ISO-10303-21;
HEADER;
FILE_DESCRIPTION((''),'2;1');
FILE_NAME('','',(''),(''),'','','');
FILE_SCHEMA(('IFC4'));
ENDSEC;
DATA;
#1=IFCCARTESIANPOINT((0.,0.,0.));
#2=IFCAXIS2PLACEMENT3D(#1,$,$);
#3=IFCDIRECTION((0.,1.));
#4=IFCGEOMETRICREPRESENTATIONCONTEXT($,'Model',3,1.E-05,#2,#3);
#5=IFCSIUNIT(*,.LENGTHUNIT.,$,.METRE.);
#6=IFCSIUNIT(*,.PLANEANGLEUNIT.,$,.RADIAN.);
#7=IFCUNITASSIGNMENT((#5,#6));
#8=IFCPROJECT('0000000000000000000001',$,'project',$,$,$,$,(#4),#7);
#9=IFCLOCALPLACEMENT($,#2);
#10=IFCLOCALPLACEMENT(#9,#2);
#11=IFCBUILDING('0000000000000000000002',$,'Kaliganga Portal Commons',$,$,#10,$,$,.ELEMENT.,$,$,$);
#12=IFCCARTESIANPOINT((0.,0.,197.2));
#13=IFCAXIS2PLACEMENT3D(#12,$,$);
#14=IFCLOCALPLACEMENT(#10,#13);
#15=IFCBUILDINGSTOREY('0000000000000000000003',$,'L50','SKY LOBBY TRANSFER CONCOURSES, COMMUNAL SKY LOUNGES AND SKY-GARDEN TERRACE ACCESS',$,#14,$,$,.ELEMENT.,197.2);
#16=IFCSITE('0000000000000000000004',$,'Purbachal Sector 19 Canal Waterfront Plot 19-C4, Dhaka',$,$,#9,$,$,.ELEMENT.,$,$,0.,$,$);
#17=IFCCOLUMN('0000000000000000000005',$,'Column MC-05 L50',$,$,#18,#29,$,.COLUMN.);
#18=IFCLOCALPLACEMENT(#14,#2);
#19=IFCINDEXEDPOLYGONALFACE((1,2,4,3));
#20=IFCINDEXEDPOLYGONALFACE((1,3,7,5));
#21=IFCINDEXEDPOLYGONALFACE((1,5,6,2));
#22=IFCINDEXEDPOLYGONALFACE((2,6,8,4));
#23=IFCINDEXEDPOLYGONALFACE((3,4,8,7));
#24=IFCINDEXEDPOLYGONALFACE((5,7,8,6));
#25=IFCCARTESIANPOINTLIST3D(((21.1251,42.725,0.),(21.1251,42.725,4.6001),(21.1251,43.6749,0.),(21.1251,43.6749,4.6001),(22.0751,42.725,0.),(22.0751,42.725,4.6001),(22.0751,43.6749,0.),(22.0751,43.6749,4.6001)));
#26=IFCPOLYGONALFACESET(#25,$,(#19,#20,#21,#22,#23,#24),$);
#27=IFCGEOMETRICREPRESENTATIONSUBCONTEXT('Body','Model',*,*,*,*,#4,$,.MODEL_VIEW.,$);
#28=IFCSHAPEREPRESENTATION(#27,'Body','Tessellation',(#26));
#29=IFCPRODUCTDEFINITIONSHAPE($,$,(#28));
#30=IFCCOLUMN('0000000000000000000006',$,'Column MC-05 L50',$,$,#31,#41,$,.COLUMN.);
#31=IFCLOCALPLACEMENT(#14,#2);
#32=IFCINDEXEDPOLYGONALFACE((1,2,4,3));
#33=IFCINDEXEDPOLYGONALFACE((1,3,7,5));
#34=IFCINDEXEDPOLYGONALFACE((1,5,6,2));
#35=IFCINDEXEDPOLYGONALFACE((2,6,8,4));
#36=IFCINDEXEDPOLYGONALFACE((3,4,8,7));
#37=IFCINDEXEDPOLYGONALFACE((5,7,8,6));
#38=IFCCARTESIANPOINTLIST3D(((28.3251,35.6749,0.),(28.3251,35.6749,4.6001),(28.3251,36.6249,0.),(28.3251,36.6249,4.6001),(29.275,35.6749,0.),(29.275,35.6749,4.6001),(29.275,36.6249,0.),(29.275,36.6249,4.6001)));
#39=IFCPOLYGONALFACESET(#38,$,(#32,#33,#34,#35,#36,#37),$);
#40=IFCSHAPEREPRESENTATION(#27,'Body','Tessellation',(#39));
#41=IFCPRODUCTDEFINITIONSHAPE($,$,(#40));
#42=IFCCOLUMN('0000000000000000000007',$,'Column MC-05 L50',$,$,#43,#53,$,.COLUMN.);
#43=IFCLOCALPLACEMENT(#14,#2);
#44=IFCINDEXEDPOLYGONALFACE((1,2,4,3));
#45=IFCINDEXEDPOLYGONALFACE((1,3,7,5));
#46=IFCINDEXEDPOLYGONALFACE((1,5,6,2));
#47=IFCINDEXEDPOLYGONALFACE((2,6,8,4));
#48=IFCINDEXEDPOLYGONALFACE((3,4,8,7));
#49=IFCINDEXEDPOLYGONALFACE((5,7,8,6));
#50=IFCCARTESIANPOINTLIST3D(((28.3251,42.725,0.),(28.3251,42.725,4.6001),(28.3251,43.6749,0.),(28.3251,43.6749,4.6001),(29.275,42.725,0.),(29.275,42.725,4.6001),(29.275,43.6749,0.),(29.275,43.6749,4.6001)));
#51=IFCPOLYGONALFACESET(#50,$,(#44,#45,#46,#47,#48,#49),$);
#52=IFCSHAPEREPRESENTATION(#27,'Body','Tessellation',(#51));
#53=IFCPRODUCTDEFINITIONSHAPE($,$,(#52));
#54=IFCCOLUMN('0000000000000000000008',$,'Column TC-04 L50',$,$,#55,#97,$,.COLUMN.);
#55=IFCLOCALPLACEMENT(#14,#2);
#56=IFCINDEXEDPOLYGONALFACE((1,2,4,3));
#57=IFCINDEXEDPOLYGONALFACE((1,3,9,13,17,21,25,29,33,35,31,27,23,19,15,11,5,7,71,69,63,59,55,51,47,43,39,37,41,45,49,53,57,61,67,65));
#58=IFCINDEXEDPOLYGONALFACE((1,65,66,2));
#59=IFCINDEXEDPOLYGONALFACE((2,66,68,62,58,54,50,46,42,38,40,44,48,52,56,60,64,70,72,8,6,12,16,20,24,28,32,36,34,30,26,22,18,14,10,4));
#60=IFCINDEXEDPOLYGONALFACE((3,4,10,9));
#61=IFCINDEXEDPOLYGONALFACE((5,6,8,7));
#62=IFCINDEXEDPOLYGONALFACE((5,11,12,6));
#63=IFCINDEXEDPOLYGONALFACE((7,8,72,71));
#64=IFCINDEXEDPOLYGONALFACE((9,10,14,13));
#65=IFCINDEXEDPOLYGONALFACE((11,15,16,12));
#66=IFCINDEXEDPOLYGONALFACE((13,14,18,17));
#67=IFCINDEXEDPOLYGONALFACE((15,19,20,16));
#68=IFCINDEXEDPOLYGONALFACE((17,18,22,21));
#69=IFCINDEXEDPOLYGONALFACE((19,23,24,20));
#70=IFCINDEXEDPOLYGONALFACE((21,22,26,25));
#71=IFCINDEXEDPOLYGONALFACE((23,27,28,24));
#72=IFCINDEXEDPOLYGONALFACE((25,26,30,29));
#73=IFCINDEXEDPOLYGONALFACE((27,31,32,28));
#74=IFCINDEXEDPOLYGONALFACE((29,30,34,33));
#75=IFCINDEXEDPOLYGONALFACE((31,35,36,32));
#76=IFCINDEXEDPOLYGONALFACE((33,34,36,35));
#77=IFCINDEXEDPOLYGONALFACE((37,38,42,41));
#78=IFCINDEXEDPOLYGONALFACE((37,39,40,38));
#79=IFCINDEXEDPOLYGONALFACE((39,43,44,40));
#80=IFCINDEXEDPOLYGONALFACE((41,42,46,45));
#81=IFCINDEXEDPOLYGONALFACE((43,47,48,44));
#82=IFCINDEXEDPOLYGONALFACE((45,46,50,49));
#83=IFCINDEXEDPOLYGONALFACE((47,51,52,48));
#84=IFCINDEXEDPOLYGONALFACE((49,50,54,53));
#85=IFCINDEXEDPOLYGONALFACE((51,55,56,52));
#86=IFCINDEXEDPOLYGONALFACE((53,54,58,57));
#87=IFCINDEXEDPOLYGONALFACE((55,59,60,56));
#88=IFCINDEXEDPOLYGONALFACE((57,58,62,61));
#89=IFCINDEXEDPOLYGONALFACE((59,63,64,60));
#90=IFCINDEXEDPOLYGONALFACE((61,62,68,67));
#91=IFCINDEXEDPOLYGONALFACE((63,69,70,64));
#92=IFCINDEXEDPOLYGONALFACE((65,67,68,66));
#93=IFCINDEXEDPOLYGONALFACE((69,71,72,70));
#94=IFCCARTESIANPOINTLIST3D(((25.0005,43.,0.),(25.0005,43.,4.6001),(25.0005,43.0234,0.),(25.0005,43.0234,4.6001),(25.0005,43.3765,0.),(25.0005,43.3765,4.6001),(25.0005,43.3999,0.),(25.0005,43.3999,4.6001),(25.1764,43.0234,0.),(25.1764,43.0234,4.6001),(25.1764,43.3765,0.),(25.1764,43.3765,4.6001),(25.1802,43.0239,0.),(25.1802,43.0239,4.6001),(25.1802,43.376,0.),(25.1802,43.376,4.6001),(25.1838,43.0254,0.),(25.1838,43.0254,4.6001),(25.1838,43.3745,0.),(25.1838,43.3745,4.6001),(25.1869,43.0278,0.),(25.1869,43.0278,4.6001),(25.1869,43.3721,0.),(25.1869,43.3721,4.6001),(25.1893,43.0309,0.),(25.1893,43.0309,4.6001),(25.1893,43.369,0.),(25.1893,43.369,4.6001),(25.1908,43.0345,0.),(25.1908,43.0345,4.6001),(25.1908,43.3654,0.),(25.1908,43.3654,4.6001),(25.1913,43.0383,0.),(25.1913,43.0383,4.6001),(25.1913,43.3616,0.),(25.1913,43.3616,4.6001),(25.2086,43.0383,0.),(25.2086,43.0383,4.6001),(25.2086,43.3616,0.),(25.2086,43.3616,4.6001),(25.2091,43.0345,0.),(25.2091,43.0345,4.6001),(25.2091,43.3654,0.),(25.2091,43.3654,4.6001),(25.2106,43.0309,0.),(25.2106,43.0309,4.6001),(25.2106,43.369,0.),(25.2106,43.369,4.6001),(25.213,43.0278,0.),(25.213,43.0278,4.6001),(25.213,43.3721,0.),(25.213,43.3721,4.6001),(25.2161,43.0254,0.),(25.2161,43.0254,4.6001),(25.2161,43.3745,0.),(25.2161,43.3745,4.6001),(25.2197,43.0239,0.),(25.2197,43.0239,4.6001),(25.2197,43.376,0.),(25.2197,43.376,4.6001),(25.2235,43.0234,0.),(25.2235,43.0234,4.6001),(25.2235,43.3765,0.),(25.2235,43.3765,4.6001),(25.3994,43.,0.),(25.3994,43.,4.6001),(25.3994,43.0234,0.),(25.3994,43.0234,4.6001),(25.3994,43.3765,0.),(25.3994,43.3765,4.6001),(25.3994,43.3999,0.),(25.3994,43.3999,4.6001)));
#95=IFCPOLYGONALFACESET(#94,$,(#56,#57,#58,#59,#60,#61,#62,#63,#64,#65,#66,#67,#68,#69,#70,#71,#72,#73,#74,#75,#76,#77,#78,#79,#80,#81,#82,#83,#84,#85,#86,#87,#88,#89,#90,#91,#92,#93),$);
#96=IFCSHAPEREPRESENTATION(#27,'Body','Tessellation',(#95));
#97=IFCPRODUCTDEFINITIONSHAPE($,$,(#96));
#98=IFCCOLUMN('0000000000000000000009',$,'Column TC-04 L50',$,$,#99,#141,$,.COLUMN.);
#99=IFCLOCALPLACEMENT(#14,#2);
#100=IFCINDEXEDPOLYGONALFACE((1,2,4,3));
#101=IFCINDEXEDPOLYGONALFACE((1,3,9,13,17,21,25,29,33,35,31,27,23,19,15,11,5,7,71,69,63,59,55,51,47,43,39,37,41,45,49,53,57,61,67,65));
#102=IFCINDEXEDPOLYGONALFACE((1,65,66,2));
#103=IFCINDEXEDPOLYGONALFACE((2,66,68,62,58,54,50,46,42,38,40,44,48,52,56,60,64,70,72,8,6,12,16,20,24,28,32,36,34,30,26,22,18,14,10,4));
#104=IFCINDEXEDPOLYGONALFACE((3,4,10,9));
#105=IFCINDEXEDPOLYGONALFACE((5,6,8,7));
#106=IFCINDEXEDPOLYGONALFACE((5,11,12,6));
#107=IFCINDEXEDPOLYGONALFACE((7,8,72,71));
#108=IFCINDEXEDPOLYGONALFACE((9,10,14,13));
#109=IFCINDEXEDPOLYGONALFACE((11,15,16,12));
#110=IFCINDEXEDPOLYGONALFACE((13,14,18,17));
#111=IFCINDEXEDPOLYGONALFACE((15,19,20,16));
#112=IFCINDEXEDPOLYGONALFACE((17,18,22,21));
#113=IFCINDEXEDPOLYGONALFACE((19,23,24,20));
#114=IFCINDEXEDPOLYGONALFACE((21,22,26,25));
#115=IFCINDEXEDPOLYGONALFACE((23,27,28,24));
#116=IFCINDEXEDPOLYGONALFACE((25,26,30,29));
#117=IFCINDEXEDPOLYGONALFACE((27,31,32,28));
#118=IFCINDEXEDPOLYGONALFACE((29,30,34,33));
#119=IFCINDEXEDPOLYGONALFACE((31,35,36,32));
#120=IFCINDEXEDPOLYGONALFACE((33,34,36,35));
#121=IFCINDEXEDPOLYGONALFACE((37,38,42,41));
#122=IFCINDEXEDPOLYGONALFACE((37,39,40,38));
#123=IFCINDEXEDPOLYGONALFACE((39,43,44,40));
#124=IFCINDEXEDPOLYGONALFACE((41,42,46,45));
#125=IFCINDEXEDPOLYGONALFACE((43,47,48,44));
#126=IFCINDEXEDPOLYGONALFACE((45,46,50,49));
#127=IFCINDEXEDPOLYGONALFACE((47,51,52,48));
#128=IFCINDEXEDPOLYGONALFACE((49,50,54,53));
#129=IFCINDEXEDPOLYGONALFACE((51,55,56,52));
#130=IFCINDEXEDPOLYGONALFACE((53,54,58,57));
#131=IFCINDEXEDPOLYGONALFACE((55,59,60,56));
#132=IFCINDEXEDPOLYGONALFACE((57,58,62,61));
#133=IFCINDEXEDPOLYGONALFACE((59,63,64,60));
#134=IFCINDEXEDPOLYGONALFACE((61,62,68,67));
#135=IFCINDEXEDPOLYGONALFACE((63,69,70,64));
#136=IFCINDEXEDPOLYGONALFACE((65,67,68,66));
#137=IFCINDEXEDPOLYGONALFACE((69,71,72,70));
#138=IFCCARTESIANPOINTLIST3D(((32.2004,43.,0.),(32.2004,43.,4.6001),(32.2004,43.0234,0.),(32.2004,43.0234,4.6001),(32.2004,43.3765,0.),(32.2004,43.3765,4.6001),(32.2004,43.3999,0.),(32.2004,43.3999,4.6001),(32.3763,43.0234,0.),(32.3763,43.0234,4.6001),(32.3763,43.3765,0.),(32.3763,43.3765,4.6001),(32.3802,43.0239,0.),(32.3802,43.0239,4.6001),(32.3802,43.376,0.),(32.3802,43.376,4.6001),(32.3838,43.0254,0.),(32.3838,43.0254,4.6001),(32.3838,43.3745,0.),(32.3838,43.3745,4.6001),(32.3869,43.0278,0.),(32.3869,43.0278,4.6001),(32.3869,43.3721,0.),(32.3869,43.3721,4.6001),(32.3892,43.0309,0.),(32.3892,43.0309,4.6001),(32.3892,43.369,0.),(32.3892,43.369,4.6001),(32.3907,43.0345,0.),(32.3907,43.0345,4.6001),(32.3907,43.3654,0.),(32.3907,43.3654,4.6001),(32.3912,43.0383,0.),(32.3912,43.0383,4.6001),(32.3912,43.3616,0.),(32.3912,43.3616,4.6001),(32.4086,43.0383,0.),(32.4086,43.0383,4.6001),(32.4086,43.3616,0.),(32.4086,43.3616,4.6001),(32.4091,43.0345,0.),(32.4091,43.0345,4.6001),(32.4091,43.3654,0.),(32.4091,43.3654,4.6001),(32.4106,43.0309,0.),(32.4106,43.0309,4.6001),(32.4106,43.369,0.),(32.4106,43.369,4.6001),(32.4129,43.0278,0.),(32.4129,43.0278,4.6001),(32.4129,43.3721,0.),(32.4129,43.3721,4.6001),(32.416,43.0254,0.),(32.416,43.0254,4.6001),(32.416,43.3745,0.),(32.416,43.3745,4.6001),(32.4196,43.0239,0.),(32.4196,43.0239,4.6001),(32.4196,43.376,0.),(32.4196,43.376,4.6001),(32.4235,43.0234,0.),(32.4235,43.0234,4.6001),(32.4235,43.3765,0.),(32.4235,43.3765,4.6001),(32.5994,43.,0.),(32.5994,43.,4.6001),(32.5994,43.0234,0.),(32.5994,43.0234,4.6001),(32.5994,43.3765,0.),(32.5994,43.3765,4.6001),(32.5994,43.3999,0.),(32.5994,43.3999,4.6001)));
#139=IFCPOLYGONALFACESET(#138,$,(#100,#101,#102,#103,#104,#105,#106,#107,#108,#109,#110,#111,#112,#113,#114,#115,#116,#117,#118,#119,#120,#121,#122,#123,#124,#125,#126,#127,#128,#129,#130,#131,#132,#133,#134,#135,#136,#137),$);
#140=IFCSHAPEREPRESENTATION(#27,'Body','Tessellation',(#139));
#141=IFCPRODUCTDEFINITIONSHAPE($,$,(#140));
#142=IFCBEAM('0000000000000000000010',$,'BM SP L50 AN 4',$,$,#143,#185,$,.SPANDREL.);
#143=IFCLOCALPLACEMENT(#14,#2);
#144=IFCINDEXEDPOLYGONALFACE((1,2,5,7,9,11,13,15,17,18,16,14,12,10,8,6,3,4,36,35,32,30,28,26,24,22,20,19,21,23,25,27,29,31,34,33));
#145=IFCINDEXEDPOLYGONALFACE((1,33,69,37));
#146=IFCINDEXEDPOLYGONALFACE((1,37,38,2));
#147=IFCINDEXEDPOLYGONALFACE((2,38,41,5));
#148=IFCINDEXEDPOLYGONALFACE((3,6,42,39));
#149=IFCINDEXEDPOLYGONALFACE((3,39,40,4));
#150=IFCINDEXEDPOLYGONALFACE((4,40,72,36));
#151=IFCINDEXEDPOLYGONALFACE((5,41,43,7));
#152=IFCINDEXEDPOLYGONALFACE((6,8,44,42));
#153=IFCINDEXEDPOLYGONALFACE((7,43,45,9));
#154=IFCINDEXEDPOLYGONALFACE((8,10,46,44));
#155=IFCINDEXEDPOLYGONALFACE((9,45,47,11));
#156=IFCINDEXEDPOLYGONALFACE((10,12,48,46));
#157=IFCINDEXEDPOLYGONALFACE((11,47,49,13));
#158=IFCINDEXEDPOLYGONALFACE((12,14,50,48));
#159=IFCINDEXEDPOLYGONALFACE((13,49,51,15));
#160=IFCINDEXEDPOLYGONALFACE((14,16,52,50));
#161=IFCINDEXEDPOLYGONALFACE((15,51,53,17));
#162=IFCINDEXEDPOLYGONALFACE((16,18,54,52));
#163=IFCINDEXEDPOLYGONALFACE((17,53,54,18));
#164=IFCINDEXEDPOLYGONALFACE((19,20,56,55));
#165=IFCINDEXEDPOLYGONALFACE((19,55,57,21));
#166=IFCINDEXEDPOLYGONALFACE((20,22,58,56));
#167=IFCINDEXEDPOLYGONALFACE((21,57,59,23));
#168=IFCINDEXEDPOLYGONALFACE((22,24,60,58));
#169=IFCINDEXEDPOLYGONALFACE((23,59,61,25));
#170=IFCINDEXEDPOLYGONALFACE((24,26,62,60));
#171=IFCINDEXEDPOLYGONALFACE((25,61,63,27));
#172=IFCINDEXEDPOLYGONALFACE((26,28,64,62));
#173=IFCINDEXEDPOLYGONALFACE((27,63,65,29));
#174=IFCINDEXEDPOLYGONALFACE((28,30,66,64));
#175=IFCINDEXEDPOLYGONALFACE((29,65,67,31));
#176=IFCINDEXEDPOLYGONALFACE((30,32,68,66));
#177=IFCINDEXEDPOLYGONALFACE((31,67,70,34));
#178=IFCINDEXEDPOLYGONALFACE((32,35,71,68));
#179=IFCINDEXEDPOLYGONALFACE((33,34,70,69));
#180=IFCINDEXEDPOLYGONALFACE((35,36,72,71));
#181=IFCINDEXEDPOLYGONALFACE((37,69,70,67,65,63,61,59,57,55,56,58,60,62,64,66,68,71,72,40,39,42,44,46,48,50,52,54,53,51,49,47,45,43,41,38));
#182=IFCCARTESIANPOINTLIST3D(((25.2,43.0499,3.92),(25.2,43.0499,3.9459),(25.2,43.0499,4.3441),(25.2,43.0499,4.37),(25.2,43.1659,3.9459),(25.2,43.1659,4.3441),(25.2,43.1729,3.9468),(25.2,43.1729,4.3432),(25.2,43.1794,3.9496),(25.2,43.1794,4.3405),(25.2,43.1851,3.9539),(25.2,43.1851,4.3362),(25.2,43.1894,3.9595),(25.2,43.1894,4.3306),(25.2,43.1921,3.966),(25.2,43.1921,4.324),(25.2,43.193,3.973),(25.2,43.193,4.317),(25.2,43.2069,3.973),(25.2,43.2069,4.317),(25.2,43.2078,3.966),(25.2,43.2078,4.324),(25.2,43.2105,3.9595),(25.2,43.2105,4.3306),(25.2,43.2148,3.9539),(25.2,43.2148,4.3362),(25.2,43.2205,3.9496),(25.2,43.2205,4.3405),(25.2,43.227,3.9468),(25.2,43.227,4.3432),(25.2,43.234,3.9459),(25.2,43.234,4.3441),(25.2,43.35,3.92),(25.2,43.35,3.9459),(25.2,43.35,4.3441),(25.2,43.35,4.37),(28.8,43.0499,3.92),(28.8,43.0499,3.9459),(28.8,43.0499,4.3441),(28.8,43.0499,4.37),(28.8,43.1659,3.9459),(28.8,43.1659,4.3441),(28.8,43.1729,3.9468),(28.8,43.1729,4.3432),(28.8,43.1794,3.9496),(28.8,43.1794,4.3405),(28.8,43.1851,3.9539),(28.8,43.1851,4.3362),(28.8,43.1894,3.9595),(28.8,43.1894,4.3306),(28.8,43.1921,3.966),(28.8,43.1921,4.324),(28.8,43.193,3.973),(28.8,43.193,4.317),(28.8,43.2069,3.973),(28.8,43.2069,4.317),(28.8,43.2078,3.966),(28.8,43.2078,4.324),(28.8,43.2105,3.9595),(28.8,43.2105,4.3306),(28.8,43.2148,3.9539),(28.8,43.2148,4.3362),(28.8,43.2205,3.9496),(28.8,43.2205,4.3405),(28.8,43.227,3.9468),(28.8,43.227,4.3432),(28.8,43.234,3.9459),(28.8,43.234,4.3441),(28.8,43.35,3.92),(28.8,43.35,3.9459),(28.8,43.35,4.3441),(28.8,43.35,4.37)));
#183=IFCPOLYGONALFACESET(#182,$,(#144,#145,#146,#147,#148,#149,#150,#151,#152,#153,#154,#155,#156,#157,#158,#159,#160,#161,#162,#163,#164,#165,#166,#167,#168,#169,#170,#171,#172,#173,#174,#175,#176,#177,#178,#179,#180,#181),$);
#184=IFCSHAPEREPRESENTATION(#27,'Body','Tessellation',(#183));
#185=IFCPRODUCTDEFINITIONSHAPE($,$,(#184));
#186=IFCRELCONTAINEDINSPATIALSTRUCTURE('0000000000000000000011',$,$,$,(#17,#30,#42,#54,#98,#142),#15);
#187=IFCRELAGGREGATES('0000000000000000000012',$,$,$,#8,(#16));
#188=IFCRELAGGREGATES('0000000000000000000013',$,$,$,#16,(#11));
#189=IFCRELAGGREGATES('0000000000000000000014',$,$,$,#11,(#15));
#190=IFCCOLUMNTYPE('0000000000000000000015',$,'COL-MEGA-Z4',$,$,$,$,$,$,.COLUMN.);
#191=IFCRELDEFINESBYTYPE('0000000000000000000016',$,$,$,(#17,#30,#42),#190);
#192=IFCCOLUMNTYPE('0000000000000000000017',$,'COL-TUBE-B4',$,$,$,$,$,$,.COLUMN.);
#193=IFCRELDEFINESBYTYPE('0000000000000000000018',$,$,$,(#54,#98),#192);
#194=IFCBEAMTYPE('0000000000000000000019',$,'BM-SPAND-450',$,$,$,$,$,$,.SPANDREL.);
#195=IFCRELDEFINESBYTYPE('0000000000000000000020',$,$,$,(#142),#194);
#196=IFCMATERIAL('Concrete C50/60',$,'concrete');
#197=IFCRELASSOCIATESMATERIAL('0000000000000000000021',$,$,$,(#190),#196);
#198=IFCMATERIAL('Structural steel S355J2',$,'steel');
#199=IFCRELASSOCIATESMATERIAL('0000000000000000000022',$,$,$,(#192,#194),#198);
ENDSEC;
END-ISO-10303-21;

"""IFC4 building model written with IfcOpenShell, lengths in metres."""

from ifc_helpers import new_model, si_unit, direction, frame, origin, origin_2d, place, context, subcontext, project, spatial, rectangle, i_section, extrude, source, transform, mapped, material, material_profile, profile_set, type_object, element, save


model = new_model("IFC4")

# Units and contexts
model_context = context("Model", 3, precision=1e-05, world=origin(), true_north=direction((0.0, 1.0)))
body_context = subcontext(model_context, "Body", "Model", "MODEL_VIEW")
ifc_project = project(units=[si_unit("LENGTHUNIT", "METRE"), si_unit("PLANEANGLEUNIT", "RADIAN")], contexts=[model_context])

# Site, building, storey
site_placement = place(None, origin())
site = spatial("IfcSite", under=ifc_project, at=site_placement, Name="Purbachal Sector 19 Canal Waterfront Plot 19-C4, Dhaka", CompositionType="ELEMENT", RefElevation=0.0)
building_placement = place(site_placement, origin())
building = spatial("IfcBuilding", under=site, at=building_placement, Name="Kaliganga Portal Commons", CompositionType="ELEMENT")
storey_placement = place(building_placement, frame((0.0, 0.0, 197.2)))
storey = spatial("IfcBuildingStorey", under=building, at=storey_placement, Name="L50", Description="SKY LOBBY TRANSFER CONCOURSES, COMMUNAL SKY LOUNGES AND SKY-GARDEN TERRACE ACCESS", CompositionType="ELEMENT", Elevation=197.2)

# Columns
ifc_material_1 = material(Name="Concrete C50/60", Category="concrete")
ifc_material_profile_1 = material_profile(ifc_material_1, rectangle(XDim=0.95, YDim=0.95, at=origin_2d()), Name="RC 950x950")
ifc_profile_set_1 = profile_set([ifc_material_profile_1], Name="Concrete C50/60")
column_type_1 = type_object("IfcColumnType", Name="COL-MEGA-Z4", PredefinedType="COLUMN", material=ifc_profile_set_1)
shared_shape_1 = source(origin(), body_context, "Body", "SweptSolid", [
    extrude(rectangle(XDim=0.95, YDim=0.95, at=origin_2d()), origin(), (0.0, 0.0, 1.0), 4.6001),
])
for number, where, z_axis, x_axis, name in (
    (1, (21.6001, 43.2, 0.0), (0.0, 0.0, 1.0), (1.0, 0.0, 0.0), "Column MC-05 L50"),
    (2, (28.8, 36.1499, 0.0), (0.0, 0.0, 1.0), (1.0, 0.0, 0.0), "Column MC-05 L50"),
    (3, (28.8, 43.2, 0.0), (0.0, 0.0, 1.0), (1.0, 0.0, 0.0), "Column MC-05 L50"),
):
    element("IfcColumn", number, at=place(storey_placement, frame(where, z_axis=z_axis, x_axis=x_axis)), inside=storey, type_object=column_type_1, Name=name, PredefinedType="COLUMN", context=body_context, shape_type="MappedRepresentation", body=[
        mapped(shared_shape_1, transform((0.0, 0.0, 0.0), x_axis=(1.0, 0.0, 0.0), y_axis=(0.0, 1.0, 0.0), z_axis=(0.0, 0.0, 1.0), scale=1.0)),
    ])
ifc_material_2 = material(Name="Structural steel S355J2", Category="steel")
ifc_material_profile_2 = material_profile(ifc_material_2, i_section(OverallWidth=0.3989, OverallDepth=0.3999, WebThickness=0.0173, FlangeThickness=0.0234, FilletRadius=0.0149, at=origin_2d()), Name="HD 400x287")
ifc_profile_set_2 = profile_set([ifc_material_profile_2], Name="Structural steel S355J2 wide-flange")
column_type_2 = type_object("IfcColumnType", Name="COL-TUBE-B4", PredefinedType="COLUMN", material=ifc_profile_set_2)
shared_shape_2 = source(origin(), body_context, "Body", "SweptSolid", [
    extrude(i_section(OverallWidth=0.3989, OverallDepth=0.3999, WebThickness=0.0173, FlangeThickness=0.0234, FilletRadius=0.0149, at=origin_2d()), origin(), (0.0, 0.0, 1.0), 4.6001),
])
for number, where, z_axis, x_axis, name in (
    (4, (25.2, 43.2, 0.0), (0.0, 0.0, 1.0), (1.0, 0.0, 0.0), "Column TC-04 L50"),
    (5, (32.3999, 43.2, 0.0), (0.0, 0.0, 1.0), (1.0, 0.0, 0.0), "Column TC-04 L50"),
):
    element("IfcColumn", number, at=place(storey_placement, frame(where, z_axis=z_axis, x_axis=x_axis)), inside=storey, type_object=column_type_2, Name=name, PredefinedType="COLUMN", context=body_context, shape_type="MappedRepresentation", body=[
        mapped(shared_shape_2, transform((0.0, 0.0, 0.0), x_axis=(1.0, 0.0, 0.0), y_axis=(0.0, 1.0, 0.0), z_axis=(0.0, 0.0, 1.0), scale=1.0)),
    ])

# Beam
ifc_material_profile_3 = material_profile(ifc_material_2, i_section(OverallWidth=0.3, OverallDepth=0.45, WebThickness=0.0139, FlangeThickness=0.0259, FilletRadius=0.0271, at=origin_2d()), Name="HE 450 B")
ifc_profile_set_3 = profile_set([ifc_material_profile_3], Name="Structural steel S355J2 wide-flange")
beam_type_1 = type_object("IfcBeamType", Name="BM-SPAND-450", PredefinedType="SPANDREL", material=ifc_profile_set_3)
shared_shape_3 = source(origin(), body_context, "Body", "SweptSolid", [
    extrude(i_section(OverallWidth=0.3, OverallDepth=0.45, WebThickness=0.0139, FlangeThickness=0.0259, FilletRadius=0.0271, at=origin_2d()), origin(), (0.0, 0.0, 1.0), 3.6001),
])
for number, where, z_axis, x_axis, name in (
    (6, (25.2, 43.2, 4.145), (1.0, 0.0, 0.0), (0.0, 1.0, 0.0), "BM SP L50 AN 4"),
):
    element("IfcBeam", number, at=place(storey_placement, frame(where, z_axis=z_axis, x_axis=x_axis)), inside=storey, type_object=beam_type_1, Name=name, PredefinedType="SPANDREL", context=body_context, shape_type="MappedRepresentation", body=[
        mapped(shared_shape_3, transform((0.0, 0.0, 0.0), x_axis=(1.0, 0.0, 0.0), y_axis=(0.0, 1.0, 0.0), z_axis=(0.0, 0.0, 1.0), scale=1.0)),
    ])

save(model, "model.ifc")
